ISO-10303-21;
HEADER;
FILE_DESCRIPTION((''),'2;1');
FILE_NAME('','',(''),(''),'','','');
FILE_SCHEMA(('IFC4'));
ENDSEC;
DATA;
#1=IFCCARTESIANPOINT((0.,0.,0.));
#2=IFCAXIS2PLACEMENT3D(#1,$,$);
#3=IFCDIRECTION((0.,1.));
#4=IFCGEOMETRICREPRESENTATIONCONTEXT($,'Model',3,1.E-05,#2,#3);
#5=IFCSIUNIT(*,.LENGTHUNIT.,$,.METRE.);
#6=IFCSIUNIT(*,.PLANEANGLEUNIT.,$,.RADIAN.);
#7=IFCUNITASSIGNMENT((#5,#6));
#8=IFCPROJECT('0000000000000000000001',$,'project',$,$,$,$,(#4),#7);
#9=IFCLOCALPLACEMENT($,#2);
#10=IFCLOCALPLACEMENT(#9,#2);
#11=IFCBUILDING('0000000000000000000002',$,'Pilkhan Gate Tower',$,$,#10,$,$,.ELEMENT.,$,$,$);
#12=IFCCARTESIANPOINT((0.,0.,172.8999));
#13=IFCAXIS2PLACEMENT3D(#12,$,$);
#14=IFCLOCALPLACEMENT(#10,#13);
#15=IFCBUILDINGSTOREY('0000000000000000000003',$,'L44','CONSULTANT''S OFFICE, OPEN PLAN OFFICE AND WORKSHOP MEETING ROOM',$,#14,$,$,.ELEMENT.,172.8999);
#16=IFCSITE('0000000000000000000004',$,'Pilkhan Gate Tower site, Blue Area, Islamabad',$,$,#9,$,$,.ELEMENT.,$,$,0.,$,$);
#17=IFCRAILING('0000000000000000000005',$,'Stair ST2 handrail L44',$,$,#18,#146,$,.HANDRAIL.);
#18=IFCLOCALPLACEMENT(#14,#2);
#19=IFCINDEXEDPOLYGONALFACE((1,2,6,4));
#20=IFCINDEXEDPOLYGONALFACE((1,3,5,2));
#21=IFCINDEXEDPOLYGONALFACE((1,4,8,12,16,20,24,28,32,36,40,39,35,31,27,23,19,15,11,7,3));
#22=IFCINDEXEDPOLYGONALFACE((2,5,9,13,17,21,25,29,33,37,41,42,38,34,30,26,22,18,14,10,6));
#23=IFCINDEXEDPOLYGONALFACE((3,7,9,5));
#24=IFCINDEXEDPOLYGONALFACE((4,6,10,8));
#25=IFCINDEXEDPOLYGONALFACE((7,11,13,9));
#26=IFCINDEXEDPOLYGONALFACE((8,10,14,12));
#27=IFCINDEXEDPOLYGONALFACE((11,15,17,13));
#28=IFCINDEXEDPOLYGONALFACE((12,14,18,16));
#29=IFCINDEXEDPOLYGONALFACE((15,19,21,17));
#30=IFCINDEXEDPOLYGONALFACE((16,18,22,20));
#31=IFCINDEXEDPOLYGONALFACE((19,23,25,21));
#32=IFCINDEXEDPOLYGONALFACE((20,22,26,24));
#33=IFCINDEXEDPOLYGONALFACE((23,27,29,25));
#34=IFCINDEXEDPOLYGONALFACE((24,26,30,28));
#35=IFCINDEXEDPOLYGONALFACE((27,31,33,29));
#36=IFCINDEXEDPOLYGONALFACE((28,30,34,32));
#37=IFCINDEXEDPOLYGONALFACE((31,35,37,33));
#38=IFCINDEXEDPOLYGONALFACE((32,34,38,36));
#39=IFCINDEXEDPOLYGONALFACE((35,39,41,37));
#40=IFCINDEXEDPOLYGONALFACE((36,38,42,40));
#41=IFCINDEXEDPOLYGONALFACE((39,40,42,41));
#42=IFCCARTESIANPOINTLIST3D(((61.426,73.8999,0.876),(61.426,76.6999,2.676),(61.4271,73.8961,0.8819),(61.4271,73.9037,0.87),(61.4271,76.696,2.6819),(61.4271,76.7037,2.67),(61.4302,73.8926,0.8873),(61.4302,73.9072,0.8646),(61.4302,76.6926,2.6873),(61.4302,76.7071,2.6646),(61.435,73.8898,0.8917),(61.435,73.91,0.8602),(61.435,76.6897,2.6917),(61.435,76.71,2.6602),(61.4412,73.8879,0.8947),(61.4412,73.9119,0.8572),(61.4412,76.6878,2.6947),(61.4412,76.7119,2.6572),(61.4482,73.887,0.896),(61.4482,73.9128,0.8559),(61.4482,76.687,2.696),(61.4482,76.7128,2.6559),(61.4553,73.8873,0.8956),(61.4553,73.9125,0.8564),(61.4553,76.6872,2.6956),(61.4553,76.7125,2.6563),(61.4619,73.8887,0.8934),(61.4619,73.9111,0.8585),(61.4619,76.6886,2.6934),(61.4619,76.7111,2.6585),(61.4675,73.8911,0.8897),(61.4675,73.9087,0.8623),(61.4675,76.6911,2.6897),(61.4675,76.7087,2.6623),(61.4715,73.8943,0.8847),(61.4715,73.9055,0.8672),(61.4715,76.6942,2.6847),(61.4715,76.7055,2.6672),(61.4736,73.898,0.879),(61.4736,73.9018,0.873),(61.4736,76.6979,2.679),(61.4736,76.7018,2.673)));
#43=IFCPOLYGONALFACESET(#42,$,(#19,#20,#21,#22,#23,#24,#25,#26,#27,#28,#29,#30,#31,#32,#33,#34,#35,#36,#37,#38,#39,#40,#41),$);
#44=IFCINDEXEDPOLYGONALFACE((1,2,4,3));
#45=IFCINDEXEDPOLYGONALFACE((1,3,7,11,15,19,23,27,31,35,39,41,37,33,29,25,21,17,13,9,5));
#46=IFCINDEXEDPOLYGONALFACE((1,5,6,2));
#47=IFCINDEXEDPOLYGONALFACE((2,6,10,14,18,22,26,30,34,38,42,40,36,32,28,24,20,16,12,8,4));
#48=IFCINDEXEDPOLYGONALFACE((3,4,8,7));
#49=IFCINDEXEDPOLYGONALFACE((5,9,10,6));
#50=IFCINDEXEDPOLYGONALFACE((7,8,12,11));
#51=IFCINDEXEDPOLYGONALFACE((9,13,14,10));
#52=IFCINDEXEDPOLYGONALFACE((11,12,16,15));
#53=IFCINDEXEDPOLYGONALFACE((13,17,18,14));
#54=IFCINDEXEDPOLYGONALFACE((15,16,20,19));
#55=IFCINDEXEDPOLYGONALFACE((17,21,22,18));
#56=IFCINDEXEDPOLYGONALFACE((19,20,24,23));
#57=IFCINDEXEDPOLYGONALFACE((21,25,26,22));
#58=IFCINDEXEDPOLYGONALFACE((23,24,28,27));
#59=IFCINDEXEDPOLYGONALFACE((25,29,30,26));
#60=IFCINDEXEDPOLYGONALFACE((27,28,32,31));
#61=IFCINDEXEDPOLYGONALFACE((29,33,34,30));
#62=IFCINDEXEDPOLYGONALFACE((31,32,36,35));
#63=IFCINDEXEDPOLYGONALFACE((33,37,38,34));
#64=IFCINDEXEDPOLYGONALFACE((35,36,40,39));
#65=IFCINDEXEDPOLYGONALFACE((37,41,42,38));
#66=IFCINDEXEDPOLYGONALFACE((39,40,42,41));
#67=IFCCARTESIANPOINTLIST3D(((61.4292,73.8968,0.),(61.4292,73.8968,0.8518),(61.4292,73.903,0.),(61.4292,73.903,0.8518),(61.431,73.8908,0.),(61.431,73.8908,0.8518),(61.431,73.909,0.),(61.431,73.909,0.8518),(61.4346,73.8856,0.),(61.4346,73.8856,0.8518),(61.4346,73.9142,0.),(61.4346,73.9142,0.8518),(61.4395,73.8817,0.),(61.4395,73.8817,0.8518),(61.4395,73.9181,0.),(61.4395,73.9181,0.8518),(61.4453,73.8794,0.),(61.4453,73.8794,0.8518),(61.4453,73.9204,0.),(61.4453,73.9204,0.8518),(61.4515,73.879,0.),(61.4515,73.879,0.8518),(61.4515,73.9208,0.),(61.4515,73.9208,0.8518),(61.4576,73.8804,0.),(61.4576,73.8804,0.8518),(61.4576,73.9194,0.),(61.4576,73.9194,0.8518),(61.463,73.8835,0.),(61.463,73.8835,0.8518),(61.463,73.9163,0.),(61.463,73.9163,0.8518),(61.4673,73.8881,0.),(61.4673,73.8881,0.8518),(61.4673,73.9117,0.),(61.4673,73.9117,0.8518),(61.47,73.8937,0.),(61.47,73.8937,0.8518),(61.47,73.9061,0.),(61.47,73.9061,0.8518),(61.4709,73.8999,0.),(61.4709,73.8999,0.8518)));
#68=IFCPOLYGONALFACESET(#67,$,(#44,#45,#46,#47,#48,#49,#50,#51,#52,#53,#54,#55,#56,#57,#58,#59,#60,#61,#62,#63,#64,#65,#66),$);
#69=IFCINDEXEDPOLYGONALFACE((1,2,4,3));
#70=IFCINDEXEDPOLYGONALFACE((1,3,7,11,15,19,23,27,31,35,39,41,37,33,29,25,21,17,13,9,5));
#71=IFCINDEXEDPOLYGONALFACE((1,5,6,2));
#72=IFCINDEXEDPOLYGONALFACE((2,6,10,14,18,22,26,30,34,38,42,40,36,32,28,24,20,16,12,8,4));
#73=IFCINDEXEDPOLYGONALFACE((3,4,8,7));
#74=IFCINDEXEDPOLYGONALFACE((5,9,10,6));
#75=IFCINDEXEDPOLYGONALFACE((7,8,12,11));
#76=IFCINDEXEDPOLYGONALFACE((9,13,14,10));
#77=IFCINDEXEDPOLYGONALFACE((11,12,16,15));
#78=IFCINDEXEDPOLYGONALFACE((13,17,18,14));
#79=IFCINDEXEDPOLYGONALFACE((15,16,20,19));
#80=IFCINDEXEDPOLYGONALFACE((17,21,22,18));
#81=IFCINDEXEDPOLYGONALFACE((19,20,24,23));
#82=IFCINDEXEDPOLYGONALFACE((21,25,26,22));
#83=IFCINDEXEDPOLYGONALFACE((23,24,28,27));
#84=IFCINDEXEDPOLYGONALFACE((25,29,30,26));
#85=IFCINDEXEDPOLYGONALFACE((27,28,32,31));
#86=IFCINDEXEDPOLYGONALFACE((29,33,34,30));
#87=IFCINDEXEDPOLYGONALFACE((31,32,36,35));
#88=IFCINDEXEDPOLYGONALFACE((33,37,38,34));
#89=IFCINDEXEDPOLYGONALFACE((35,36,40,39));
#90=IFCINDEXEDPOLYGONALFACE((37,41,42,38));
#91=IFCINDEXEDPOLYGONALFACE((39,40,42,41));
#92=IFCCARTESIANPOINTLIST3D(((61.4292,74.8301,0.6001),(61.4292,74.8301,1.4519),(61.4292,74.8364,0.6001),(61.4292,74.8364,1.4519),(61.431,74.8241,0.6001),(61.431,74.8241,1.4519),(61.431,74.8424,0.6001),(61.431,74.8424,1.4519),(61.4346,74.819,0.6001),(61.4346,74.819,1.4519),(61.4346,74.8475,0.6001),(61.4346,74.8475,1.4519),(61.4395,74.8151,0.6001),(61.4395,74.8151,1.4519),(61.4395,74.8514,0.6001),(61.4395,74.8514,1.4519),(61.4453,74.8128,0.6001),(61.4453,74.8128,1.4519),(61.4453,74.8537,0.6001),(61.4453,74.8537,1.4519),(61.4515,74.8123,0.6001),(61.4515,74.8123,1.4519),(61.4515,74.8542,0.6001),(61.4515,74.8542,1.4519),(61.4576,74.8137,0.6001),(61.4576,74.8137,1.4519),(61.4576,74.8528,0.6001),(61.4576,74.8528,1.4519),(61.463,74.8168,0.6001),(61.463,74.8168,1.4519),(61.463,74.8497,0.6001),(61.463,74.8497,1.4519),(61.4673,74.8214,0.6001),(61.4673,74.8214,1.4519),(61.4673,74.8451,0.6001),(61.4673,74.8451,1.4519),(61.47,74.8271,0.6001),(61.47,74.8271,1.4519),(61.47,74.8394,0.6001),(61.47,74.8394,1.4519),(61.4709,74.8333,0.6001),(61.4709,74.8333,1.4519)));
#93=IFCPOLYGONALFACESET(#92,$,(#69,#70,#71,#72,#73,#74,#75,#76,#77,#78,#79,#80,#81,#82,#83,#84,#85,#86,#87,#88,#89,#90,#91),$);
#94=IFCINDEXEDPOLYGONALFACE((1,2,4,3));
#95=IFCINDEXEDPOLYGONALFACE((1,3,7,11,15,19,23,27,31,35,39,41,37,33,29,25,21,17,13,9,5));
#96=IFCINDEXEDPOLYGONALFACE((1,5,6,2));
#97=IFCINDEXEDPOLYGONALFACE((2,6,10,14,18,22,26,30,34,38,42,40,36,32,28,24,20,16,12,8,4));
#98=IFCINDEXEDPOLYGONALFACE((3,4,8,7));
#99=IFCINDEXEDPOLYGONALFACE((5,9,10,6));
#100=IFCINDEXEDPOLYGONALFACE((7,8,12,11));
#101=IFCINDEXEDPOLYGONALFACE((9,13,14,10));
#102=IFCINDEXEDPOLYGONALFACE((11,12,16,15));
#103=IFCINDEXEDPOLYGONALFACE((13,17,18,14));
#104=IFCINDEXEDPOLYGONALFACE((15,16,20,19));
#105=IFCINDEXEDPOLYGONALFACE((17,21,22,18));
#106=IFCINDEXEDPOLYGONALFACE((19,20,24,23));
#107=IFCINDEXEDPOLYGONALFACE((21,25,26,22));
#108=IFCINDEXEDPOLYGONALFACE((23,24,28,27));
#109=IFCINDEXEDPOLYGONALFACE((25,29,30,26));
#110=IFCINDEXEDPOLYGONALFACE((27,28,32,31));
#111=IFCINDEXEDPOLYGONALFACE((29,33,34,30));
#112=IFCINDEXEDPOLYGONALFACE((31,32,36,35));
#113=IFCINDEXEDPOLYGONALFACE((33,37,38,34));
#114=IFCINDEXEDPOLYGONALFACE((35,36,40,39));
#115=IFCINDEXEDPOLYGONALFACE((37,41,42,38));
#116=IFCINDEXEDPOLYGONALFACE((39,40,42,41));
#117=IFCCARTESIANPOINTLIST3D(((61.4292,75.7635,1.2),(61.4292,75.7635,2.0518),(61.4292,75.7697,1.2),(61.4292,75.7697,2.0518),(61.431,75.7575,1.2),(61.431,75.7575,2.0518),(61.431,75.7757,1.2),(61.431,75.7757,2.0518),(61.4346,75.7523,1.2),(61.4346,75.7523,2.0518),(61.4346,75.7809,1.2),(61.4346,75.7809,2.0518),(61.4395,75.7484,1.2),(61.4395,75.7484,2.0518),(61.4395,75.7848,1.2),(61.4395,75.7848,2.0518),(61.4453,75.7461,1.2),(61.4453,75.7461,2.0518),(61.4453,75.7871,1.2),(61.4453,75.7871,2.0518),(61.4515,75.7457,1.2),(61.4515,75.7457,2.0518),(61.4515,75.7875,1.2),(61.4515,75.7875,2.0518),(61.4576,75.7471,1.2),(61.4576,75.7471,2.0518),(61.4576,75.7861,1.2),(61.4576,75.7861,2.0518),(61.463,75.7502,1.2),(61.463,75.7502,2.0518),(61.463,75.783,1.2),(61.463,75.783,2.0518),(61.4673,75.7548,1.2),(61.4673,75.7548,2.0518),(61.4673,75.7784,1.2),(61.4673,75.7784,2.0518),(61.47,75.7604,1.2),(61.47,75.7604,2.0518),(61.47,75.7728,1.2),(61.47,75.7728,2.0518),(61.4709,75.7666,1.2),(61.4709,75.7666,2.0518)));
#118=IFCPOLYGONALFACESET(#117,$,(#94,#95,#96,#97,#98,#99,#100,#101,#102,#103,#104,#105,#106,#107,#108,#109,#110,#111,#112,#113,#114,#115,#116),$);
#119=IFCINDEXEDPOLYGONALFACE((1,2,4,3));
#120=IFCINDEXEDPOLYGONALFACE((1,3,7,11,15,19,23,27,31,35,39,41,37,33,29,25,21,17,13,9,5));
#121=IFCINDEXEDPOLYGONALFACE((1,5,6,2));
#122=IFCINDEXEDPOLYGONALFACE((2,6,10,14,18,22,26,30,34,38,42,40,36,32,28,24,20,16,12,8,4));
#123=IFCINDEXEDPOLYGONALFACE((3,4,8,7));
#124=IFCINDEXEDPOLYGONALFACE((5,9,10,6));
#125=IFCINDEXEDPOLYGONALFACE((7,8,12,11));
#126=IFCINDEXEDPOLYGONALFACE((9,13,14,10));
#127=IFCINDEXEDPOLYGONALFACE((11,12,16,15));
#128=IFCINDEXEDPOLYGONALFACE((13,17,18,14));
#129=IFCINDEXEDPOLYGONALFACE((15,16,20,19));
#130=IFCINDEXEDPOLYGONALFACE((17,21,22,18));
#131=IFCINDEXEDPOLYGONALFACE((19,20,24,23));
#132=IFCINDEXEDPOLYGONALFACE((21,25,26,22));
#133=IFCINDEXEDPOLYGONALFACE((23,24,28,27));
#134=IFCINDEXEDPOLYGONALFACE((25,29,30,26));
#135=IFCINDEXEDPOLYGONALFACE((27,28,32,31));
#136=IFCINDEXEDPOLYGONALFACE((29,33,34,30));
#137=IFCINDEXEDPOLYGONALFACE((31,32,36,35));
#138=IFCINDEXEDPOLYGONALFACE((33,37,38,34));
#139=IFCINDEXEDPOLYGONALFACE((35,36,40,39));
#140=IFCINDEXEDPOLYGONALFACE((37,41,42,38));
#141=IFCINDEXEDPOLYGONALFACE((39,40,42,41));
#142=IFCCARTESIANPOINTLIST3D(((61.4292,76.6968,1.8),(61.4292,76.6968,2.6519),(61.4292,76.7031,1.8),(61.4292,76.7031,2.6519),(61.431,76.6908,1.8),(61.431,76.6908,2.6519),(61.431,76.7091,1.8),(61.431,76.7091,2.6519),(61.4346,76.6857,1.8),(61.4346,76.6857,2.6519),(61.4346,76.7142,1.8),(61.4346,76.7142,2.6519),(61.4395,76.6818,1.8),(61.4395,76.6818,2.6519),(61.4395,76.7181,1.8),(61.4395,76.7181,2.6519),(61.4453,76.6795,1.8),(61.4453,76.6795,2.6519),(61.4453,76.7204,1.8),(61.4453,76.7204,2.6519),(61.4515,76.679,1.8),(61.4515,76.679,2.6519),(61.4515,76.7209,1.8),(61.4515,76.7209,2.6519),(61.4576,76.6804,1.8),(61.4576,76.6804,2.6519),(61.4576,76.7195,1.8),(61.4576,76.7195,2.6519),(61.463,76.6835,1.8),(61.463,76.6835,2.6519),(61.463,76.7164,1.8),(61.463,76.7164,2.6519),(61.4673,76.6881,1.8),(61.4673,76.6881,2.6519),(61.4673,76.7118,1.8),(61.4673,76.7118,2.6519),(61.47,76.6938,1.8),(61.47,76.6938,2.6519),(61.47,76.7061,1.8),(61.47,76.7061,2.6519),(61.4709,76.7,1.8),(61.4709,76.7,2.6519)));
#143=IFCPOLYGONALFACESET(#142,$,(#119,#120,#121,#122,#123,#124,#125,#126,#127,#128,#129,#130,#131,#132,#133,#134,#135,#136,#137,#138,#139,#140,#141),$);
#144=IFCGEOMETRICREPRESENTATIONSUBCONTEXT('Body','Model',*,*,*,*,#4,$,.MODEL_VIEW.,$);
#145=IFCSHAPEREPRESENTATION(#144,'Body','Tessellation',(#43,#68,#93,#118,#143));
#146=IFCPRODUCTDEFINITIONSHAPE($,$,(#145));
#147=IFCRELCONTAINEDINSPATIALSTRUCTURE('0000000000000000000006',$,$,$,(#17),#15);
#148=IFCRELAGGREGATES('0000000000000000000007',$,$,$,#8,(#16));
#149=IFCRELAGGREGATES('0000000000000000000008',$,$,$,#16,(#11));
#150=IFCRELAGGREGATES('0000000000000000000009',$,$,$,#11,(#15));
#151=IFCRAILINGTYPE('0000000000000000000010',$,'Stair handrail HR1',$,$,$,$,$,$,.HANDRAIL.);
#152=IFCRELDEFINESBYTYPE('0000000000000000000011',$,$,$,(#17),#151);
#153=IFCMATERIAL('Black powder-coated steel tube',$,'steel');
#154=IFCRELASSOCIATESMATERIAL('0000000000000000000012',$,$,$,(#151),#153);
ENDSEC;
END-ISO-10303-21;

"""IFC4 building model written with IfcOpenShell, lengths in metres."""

from ifc_helpers import new_model, si_unit, direction, frame, origin, origin_2d, place, context, subcontext, project, spatial, circle, extrude, material, type_object, element, save


model = new_model("IFC4")

# Units and contexts
model_context = context("Model", 3, precision=1e-05, world=origin(), true_north=direction((0.0, 1.0)))
body_context = subcontext(model_context, "Body", "Model", "MODEL_VIEW")
ifc_project = project(units=[si_unit("LENGTHUNIT", "METRE"), si_unit("PLANEANGLEUNIT", "RADIAN")], contexts=[model_context])

# Site, building, storey
site_placement = place(None, origin())
site = spatial("IfcSite", under=ifc_project, at=site_placement, Name="Pilkhan Gate Tower site, Blue Area, Islamabad", CompositionType="ELEMENT", RefElevation=0.0)
building_placement = place(site_placement, origin())
building = spatial("IfcBuilding", under=site, at=building_placement, Name="Pilkhan Gate Tower", CompositionType="ELEMENT")
storey_placement = place(building_placement, frame((0.0, 0.0, 172.8999)))
storey = spatial("IfcBuildingStorey", under=building, at=storey_placement, Name="L44", Description="CONSULTANT'S OFFICE, OPEN PLAN OFFICE AND WORKSHOP MEETING ROOM", CompositionType="ELEMENT", Elevation=172.8999)

# Railing
ifc_material_1 = material(Name="Black powder-coated steel tube", Category="steel")
railing_type_1 = type_object("IfcRailingType", Name="Stair handrail HR1", PredefinedType="HANDRAIL", material=ifc_material_1)
railing_1_placement = place(storey_placement, frame((61.45, 73.8999, 0.0)))
element("IfcRailing", 1, at=railing_1_placement, inside=storey, type_object=railing_type_1, Name="Stair ST2 handrail L44", PredefinedType="HANDRAIL", context=body_context, shape_type="SweptSolid", body=[
    extrude(circle(Radius=0.0239, at=origin_2d()), frame((0.0, 0.0, 0.876), z_axis=(0.0, 0.841176, 0.540761), x_axis=(-1.0, 0.0, 0.0)), (0.0, 0.0, 1.0), 3.3286),
    extrude(circle(Radius=0.021, at=origin_2d()), origin(), (0.0, 0.0, 1.0), 0.8518),
    extrude(circle(Radius=0.021, at=origin_2d()), frame((0.0, 0.9333, 0.6001)), (0.0, 0.0, 1.0), 0.8518),
    extrude(circle(Radius=0.021, at=origin_2d()), frame((0.0, 1.8667, 1.2)), (0.0, 0.0, 1.0), 0.8518),
    extrude(circle(Radius=0.021, at=origin_2d()), frame((0.0, 2.8, 1.8)), (0.0, 0.0, 1.0), 0.8518),
])

save(model, "model.ifc")
